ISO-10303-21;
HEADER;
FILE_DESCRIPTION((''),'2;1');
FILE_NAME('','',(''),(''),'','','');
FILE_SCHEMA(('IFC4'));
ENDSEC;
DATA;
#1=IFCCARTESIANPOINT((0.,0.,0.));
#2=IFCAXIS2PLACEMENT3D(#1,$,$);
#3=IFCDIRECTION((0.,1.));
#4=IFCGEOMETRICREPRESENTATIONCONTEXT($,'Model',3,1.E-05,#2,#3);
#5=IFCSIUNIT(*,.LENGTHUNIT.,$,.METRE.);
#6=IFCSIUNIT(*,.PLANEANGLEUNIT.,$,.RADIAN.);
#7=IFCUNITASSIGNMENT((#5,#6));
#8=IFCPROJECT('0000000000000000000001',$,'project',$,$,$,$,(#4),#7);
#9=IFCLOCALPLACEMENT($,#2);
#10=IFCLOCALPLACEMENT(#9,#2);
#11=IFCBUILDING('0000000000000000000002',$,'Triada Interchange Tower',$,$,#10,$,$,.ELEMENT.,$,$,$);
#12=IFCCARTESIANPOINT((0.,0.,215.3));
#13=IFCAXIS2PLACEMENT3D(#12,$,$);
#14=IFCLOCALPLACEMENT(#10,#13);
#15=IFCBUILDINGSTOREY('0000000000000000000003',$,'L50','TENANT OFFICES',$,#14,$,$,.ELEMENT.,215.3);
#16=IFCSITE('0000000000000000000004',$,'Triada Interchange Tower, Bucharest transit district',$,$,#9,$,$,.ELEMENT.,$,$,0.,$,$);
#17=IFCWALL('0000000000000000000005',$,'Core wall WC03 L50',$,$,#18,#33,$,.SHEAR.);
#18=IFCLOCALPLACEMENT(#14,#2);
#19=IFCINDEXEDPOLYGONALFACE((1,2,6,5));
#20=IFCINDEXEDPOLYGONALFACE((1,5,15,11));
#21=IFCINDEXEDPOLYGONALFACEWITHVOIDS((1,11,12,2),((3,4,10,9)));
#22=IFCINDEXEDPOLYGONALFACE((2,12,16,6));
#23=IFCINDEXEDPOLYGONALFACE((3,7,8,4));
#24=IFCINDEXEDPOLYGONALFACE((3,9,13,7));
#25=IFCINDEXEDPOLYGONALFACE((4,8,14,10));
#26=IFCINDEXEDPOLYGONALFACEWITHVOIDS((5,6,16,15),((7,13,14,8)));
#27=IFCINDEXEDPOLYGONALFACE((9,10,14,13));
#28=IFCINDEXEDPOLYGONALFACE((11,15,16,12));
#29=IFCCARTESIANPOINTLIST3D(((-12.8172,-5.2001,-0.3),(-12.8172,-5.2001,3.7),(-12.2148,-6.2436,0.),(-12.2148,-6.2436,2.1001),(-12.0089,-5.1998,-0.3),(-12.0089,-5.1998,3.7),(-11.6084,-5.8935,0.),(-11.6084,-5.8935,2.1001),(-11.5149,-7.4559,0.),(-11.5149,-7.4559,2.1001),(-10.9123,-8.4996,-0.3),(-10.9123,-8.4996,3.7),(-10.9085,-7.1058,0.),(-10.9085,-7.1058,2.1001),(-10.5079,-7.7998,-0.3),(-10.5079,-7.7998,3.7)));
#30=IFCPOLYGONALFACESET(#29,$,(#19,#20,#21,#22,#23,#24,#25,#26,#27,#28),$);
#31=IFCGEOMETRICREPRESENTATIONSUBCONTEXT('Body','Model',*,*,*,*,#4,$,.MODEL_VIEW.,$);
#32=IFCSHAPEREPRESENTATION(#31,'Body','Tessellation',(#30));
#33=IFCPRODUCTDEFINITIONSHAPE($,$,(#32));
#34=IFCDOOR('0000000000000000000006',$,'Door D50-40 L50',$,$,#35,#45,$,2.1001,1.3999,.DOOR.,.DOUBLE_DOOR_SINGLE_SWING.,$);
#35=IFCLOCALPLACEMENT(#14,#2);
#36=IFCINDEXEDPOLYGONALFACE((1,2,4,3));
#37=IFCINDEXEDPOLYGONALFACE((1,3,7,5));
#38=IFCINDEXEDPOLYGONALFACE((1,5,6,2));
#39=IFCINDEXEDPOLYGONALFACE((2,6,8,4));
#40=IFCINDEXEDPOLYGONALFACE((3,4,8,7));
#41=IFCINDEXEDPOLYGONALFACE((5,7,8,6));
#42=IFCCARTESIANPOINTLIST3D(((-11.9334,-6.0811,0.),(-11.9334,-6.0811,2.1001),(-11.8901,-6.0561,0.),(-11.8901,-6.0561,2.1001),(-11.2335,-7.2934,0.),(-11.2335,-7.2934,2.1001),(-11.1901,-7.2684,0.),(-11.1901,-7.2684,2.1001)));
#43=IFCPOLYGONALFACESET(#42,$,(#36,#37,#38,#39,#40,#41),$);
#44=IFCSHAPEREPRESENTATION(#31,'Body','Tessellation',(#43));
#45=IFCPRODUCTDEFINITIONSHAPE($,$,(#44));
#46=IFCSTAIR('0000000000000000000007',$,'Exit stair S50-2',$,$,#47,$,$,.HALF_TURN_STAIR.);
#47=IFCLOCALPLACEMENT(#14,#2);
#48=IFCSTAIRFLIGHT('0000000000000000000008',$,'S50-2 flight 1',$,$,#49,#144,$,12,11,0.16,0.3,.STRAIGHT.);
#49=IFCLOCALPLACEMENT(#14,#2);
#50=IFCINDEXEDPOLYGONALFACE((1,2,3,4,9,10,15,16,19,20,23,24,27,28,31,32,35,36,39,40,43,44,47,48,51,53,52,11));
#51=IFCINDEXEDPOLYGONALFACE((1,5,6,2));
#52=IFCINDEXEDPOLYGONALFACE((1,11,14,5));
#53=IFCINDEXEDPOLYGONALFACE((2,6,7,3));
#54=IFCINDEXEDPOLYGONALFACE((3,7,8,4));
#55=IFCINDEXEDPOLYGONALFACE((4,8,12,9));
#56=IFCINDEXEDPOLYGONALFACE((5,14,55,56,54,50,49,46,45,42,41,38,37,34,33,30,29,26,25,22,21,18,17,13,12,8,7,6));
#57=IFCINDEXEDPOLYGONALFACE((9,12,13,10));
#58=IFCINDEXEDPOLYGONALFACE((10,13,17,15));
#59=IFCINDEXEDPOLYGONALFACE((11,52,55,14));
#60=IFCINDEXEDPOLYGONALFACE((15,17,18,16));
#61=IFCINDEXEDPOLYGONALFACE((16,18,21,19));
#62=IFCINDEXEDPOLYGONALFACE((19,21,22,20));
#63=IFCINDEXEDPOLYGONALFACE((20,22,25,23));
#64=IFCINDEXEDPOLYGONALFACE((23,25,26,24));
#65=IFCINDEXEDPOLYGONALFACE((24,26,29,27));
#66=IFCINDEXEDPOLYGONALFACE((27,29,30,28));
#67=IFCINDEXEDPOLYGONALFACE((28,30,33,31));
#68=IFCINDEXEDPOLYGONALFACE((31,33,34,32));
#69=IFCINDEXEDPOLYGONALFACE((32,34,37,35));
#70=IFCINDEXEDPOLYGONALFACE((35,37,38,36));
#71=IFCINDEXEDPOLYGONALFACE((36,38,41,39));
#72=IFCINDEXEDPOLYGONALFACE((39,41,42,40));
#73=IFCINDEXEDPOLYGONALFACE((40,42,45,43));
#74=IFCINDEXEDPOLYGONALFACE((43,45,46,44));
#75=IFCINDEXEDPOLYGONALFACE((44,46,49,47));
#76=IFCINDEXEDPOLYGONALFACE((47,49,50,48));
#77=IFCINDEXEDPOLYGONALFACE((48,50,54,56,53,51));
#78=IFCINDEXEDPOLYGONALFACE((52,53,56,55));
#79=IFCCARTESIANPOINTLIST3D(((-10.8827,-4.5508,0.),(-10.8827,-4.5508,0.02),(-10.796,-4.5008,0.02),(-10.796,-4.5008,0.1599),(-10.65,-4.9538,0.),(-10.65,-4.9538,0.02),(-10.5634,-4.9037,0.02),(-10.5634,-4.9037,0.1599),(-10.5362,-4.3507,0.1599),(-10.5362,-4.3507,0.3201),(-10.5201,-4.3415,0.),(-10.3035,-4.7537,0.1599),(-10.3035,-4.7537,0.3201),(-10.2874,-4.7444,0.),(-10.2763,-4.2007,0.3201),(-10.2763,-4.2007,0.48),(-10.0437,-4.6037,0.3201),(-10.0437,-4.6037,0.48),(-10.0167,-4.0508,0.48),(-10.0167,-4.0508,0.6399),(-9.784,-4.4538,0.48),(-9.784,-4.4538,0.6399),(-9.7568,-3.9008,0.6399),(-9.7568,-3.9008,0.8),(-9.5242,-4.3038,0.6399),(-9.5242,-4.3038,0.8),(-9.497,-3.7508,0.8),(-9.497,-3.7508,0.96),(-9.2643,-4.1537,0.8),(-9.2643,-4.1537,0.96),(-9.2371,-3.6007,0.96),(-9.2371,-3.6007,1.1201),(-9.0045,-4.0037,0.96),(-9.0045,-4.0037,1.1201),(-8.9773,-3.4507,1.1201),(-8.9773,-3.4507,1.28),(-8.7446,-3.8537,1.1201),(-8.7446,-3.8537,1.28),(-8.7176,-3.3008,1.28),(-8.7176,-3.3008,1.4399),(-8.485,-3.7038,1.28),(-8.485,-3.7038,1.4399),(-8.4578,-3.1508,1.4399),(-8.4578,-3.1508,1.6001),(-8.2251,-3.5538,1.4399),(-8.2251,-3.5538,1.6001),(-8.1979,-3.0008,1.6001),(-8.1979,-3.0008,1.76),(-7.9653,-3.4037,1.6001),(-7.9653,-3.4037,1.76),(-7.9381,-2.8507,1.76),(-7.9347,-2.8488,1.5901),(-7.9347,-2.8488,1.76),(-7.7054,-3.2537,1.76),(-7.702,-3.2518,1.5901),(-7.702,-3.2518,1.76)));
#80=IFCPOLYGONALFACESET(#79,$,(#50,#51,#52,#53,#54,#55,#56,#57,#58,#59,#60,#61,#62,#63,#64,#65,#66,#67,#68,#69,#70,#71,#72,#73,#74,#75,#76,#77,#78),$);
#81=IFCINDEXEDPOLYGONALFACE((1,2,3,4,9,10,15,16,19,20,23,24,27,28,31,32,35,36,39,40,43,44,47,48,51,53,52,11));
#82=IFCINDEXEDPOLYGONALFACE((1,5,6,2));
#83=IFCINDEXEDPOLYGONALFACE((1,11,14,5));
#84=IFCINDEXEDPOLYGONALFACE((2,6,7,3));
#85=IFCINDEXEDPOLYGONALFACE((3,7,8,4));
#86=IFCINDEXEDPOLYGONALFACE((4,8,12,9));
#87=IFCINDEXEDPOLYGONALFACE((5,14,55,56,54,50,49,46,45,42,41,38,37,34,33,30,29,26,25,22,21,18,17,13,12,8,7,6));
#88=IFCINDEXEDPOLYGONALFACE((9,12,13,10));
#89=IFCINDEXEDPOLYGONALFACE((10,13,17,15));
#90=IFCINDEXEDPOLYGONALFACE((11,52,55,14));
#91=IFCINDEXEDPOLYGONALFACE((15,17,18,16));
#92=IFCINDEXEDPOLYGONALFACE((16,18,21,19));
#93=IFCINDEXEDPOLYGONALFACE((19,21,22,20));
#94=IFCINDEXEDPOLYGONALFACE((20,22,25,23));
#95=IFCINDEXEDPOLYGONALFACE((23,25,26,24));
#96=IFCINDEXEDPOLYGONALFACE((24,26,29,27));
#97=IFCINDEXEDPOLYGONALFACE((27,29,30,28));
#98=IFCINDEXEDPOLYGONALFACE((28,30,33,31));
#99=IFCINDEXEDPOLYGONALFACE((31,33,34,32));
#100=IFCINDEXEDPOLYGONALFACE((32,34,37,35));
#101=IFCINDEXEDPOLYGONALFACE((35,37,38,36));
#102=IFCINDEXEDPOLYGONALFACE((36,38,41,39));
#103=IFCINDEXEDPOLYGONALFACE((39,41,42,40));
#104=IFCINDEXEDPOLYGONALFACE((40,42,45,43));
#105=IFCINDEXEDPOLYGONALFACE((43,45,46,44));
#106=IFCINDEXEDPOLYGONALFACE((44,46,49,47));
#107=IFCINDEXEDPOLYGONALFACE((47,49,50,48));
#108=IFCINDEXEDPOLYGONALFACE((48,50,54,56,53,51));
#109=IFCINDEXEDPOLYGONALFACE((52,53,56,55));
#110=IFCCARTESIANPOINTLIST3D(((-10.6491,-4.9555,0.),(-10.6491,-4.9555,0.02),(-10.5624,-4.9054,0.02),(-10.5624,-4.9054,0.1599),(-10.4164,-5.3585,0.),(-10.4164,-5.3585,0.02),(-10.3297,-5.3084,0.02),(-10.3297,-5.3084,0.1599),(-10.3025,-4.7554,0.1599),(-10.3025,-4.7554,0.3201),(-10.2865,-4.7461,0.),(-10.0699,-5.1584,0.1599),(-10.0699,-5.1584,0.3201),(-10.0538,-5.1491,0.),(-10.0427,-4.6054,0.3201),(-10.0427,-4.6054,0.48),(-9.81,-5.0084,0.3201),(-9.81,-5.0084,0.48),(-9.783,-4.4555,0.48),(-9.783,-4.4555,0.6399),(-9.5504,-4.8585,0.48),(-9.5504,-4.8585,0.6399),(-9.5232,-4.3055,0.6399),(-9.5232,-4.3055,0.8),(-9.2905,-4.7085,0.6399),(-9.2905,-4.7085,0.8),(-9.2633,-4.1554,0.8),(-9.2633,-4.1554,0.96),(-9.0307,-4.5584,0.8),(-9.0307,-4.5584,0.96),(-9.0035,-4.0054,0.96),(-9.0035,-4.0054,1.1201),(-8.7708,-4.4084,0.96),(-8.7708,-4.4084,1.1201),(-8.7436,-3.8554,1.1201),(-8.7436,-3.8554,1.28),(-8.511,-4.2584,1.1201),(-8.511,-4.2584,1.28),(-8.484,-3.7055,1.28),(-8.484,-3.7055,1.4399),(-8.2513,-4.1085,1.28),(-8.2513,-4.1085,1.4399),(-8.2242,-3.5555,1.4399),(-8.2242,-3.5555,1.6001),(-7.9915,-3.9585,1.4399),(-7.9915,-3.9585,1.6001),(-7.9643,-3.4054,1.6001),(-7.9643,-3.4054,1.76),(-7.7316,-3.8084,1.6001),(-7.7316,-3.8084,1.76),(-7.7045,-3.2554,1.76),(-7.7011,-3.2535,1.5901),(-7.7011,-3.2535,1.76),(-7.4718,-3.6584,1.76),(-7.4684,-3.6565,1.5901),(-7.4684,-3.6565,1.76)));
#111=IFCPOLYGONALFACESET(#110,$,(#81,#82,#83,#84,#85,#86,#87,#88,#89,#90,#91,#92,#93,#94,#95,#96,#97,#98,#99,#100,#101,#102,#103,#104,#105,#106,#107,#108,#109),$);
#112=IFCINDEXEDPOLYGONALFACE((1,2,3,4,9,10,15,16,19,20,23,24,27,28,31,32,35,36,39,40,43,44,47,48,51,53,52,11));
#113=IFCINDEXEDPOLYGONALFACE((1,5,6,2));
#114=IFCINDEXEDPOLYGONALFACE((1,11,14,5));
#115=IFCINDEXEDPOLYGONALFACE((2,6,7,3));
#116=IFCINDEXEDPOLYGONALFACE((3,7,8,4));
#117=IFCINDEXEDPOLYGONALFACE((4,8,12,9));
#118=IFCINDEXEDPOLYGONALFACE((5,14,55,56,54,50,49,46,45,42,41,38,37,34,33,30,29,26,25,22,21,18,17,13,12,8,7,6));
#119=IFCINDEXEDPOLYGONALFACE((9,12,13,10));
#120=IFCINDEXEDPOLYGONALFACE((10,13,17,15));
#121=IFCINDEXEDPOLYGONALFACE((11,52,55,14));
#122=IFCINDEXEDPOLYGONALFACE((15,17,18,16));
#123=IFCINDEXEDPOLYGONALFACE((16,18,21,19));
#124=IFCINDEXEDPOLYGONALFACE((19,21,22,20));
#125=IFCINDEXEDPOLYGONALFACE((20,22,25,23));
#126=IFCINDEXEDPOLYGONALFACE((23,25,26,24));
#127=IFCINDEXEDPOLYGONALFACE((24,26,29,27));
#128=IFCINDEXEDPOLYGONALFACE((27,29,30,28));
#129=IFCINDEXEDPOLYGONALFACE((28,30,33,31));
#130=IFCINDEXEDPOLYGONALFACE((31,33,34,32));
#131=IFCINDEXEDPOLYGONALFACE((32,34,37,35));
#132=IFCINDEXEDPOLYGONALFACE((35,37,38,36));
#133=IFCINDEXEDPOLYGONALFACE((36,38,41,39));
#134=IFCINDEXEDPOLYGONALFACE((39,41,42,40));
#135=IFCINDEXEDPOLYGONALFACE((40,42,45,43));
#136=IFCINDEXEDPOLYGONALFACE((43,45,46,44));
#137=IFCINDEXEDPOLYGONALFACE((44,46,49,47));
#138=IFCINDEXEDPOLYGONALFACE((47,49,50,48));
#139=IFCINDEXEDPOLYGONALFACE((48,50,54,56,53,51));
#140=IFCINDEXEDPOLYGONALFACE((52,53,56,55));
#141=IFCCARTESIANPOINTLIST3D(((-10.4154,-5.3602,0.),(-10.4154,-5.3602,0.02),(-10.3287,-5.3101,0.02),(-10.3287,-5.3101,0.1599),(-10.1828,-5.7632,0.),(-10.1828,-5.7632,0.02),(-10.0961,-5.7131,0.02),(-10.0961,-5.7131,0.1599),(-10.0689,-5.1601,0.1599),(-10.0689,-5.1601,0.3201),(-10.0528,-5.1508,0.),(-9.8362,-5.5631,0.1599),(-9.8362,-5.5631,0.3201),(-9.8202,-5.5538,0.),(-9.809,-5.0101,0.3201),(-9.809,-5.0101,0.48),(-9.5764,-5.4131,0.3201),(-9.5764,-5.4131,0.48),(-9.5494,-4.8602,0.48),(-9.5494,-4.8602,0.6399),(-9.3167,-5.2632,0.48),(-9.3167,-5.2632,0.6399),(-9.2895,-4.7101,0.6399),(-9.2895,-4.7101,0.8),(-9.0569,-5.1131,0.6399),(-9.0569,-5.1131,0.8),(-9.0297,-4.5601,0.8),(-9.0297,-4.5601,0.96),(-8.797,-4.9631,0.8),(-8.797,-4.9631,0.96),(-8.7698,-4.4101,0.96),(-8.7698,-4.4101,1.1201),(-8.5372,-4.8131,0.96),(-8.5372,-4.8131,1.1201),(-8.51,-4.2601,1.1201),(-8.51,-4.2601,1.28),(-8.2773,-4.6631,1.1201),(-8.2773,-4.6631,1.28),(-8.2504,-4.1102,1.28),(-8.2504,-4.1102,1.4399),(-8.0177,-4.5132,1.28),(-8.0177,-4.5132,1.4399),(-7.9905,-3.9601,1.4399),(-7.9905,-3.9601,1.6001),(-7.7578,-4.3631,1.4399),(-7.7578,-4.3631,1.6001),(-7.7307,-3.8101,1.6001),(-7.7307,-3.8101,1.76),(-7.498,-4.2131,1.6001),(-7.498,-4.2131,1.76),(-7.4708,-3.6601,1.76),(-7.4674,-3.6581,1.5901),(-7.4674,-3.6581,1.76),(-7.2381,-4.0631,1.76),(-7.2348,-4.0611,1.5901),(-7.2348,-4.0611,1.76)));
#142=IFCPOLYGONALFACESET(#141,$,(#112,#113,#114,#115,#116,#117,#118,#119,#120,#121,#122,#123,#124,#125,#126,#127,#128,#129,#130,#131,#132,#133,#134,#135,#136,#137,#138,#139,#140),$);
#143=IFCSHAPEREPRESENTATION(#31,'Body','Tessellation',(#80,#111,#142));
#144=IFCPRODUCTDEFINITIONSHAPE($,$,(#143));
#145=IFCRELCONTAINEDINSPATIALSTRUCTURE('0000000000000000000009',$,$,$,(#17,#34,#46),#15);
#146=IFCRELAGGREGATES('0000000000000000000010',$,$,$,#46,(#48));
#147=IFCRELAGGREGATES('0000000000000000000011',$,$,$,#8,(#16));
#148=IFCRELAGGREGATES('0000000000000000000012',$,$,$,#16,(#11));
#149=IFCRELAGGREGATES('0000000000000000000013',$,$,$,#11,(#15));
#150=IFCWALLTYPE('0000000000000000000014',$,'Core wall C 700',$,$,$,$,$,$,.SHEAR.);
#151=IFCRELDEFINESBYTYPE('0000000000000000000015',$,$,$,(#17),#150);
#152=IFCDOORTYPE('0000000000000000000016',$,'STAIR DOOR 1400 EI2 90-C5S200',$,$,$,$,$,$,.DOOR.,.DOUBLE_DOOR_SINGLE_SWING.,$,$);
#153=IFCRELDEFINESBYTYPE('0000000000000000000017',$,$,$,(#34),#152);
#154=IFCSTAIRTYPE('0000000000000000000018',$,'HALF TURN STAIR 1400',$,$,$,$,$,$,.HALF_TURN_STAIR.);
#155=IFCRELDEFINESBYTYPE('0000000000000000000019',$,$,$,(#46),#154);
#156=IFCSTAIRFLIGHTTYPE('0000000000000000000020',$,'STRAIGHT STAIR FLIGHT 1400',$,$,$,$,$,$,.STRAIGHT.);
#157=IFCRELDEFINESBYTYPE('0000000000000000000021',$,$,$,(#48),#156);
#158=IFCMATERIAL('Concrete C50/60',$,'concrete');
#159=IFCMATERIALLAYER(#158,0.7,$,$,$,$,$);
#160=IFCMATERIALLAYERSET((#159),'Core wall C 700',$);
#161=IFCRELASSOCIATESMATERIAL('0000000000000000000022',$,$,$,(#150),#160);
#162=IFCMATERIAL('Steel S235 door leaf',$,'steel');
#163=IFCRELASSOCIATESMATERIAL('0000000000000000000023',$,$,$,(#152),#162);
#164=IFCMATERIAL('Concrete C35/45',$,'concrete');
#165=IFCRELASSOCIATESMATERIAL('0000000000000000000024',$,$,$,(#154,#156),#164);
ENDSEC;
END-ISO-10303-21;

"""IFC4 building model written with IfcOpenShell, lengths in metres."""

from ifc_helpers import new_model, si_unit, direction, frame, frame_2d, origin, place, context, subcontext, project, spatial, polyline, rectangle, outline, extrude, material, layer, layer_set, type_object, element, fill, aggregate, save


model = new_model("IFC4")

# Units and contexts
model_context = context("Model", 3, precision=1e-05, world=origin(), true_north=direction((0.0, 1.0)))
body_context = subcontext(model_context, "Body", "Model", "MODEL_VIEW")
ifc_project = project(units=[si_unit("LENGTHUNIT", "METRE"), si_unit("PLANEANGLEUNIT", "RADIAN")], contexts=[model_context])

# Site, building, storey
site_placement = place(None, origin())
site = spatial("IfcSite", under=ifc_project, at=site_placement, Name="Triada Interchange Tower, Bucharest transit district", CompositionType="ELEMENT", RefElevation=0.0)
building_placement = place(site_placement, origin())
building = spatial("IfcBuilding", under=site, at=building_placement, Name="Triada Interchange Tower", CompositionType="ELEMENT")
storey_placement = place(building_placement, frame((0.0, 0.0, 215.3)))
storey = spatial("IfcBuildingStorey", under=building, at=storey_placement, Name="L50", Description="TENANT OFFICES", CompositionType="ELEMENT", Elevation=215.3)

# Shared definitions
ifc_material_1 = material(Name="Steel S235 door leaf", Category="steel")

# Wall, opening, door
ifc_material_2 = material(Name="Concrete C50/60", Category="concrete")
ifc_layer_1 = layer(ifc_material_2, 0.7)
ifc_layer_set_1 = layer_set([ifc_layer_1], Name="Core wall C 700")
wall_type_1 = type_object("IfcWallType", Name="Core wall C 700", PredefinedType="SHEAR", material=ifc_layer_set_1)
wall_1_placement = place(storey_placement, frame((-12.4131, -5.2, -0.3), z_axis=(0.0, 0.0, 1.0), x_axis=(0.499993, -0.866029, 0.0)))
wall_1 = element("IfcWall", 1, at=wall_1_placement, inside=storey, type_object=wall_type_1, Name="Core wall WC03 L50", PredefinedType="SHEAR", context=body_context, shape_type="SweptSolid", body=[
    extrude(outline(polyline([(-0.2019, -0.3501), (1.7031, -0.3501), (3.6079, -0.3501), (3.2041, 0.3501), (1.7031, 0.3501), (0.2019, 0.3501), (-0.2019, -0.3501)])), origin(), (0.0, 0.0, 1.0), 4.0),
])
opening_1_placement = place(wall_1_placement, frame((1.0029, 0.0, 0.3)))
opening_1 = element("IfcOpeningElement", 2, at=opening_1_placement, cuts=wall_1, PredefinedType="OPENING", context=body_context, shape_type="SweptSolid", body=[
    extrude(rectangle(XDim=1.3999, YDim=2.1001, at=frame_2d((0.7, 1.05))), frame((0.0, 0.3601, 0.0), z_axis=(0.0, -1.0, 0.0), x_axis=(1.0, 0.0, 0.0)), (0.0, 0.0, 1.0), 0.7202),
])
door_type_1 = type_object("IfcDoorType", Name="STAIR DOOR 1400 EI2 90-C5S200", OperationType="DOUBLE_DOOR_SINGLE_SWING", PredefinedType="DOOR", material=ifc_material_1)
door_1_placement = place(opening_1_placement, origin())
door_1 = element("IfcDoor", 3, at=door_1_placement, inside=storey, type_object=door_type_1, Name="Door D50-40 L50", OperationType="DOUBLE_DOOR_SINGLE_SWING", OverallHeight=2.1001, OverallWidth=1.3999, PredefinedType="DOOR", context=body_context, shape_type="SweptSolid", body=[
    extrude(rectangle(XDim=1.3999, YDim=2.1001, at=frame_2d((0.7, 1.05))), frame((0.0, 0.0249, 0.0), z_axis=(0.0, -1.0, 0.0), x_axis=(1.0, 0.0, 0.0)), (0.0, 0.0, 1.0), 0.05),
])
fill(opening_1, door_1)

# Stair, stair flight
ifc_material_3 = material(Name="Concrete C35/45", Category="concrete")
stair_type = type_object("IfcStairType", Name="HALF TURN STAIR 1400", PredefinedType="HALF_TURN_STAIR", material=ifc_material_3)
stair_placement = place(storey_placement, origin())
stair = element("IfcStair", 4, at=stair_placement, inside=storey, type_object=stair_type, Name="Exit stair S50-2", PredefinedType="HALF_TURN_STAIR")
stair_flight_type = type_object("IfcStairFlightType", Name="STRAIGHT STAIR FLIGHT 1400", PredefinedType="STRAIGHT", material=ifc_material_3)
stair_flight_1_placement = place(storey_placement, frame((-10.446, -5.1069, 0.0), z_axis=(0.0, 0.0, 1.0), x_axis=(0.866025, 0.5, 0.0)))
stair_flight_1 = element("IfcStairFlight", 5, at=stair_flight_1_placement, type_object=stair_flight_type, Name="S50-2 flight 1", NumberOfRisers=12, NumberOfTreads=11, PredefinedType="STRAIGHT", RiserHeight=0.16, TreadLength=0.3, context=body_context, shape_type="SweptSolid", body=[
    extrude(outline(polyline([(-0.1001, 0.0), (-0.1001, 0.02), (0.0, 0.02), (0.0, 0.1599), (0.3, 0.1599), (0.3, 0.3201), (0.6001, 0.3201), (0.6001, 0.48), (0.8999, 0.48), (0.8999, 0.6399), (1.2, 0.6399), (1.2, 0.8), (1.5, 0.8), (1.5, 0.96), (1.8, 0.96), (1.8, 1.1201), (2.1001, 1.1201), (2.1001, 1.28), (2.3999, 1.28), (2.3999, 1.4399), (2.7, 1.4399), (2.7, 1.6001), (3.0, 1.6001), (3.0, 1.76), (3.3, 1.76), (3.304, 1.76), (3.304, 1.9199), (3.304, 1.5901), (0.3186, 0.0), (-0.1001, 0.0)])), frame((0.0, 0.7, 0.0), z_axis=(0.0, -1.0, 0.0), x_axis=(1.0, 0.0, 0.0)), (0.0, 0.0, 1.0), 0.4653),
    extrude(outline(polyline([(-0.1001, 0.0), (-0.1001, 0.02), (0.0, 0.02), (0.0, 0.1599), (0.3, 0.1599), (0.3, 0.3201), (0.6001, 0.3201), (0.6001, 0.48), (0.8999, 0.48), (0.8999, 0.6399), (1.2, 0.6399), (1.2, 0.8), (1.5, 0.8), (1.5, 0.96), (1.8, 0.96), (1.8, 1.1201), (2.1001, 1.1201), (2.1001, 1.28), (2.3999, 1.28), (2.3999, 1.4399), (2.7, 1.4399), (2.7, 1.6001), (3.0, 1.6001), (3.0, 1.76), (3.3, 1.76), (3.304, 1.76), (3.304, 1.9199), (3.304, 1.5901), (0.3186, 0.0), (-0.1001, 0.0)])), frame((0.0, 0.2327, 0.0), z_axis=(0.0, -1.0, 0.0), x_axis=(1.0, 0.0, 0.0)), (0.0, 0.0, 1.0), 0.4653),
    extrude(outline(polyline([(-0.1001, 0.0), (-0.1001, 0.02), (0.0, 0.02), (0.0, 0.1599), (0.3, 0.1599), (0.3, 0.3201), (0.6001, 0.3201), (0.6001, 0.48), (0.8999, 0.48), (0.8999, 0.6399), (1.2, 0.6399), (1.2, 0.8), (1.5, 0.8), (1.5, 0.96), (1.8, 0.96), (1.8, 1.1201), (2.1001, 1.1201), (2.1001, 1.28), (2.3999, 1.28), (2.3999, 1.4399), (2.7, 1.4399), (2.7, 1.6001), (3.0, 1.6001), (3.0, 1.76), (3.3, 1.76), (3.304, 1.76), (3.304, 1.9199), (3.304, 1.5901), (0.3186, 0.0), (-0.1001, 0.0)])), frame((0.0, -0.2346, 0.0), z_axis=(0.0, -1.0, 0.0), x_axis=(1.0, 0.0, 0.0)), (0.0, 0.0, 1.0), 0.4653),
])
aggregate(stair, [stair_flight_1])

save(model, "model.ifc")
